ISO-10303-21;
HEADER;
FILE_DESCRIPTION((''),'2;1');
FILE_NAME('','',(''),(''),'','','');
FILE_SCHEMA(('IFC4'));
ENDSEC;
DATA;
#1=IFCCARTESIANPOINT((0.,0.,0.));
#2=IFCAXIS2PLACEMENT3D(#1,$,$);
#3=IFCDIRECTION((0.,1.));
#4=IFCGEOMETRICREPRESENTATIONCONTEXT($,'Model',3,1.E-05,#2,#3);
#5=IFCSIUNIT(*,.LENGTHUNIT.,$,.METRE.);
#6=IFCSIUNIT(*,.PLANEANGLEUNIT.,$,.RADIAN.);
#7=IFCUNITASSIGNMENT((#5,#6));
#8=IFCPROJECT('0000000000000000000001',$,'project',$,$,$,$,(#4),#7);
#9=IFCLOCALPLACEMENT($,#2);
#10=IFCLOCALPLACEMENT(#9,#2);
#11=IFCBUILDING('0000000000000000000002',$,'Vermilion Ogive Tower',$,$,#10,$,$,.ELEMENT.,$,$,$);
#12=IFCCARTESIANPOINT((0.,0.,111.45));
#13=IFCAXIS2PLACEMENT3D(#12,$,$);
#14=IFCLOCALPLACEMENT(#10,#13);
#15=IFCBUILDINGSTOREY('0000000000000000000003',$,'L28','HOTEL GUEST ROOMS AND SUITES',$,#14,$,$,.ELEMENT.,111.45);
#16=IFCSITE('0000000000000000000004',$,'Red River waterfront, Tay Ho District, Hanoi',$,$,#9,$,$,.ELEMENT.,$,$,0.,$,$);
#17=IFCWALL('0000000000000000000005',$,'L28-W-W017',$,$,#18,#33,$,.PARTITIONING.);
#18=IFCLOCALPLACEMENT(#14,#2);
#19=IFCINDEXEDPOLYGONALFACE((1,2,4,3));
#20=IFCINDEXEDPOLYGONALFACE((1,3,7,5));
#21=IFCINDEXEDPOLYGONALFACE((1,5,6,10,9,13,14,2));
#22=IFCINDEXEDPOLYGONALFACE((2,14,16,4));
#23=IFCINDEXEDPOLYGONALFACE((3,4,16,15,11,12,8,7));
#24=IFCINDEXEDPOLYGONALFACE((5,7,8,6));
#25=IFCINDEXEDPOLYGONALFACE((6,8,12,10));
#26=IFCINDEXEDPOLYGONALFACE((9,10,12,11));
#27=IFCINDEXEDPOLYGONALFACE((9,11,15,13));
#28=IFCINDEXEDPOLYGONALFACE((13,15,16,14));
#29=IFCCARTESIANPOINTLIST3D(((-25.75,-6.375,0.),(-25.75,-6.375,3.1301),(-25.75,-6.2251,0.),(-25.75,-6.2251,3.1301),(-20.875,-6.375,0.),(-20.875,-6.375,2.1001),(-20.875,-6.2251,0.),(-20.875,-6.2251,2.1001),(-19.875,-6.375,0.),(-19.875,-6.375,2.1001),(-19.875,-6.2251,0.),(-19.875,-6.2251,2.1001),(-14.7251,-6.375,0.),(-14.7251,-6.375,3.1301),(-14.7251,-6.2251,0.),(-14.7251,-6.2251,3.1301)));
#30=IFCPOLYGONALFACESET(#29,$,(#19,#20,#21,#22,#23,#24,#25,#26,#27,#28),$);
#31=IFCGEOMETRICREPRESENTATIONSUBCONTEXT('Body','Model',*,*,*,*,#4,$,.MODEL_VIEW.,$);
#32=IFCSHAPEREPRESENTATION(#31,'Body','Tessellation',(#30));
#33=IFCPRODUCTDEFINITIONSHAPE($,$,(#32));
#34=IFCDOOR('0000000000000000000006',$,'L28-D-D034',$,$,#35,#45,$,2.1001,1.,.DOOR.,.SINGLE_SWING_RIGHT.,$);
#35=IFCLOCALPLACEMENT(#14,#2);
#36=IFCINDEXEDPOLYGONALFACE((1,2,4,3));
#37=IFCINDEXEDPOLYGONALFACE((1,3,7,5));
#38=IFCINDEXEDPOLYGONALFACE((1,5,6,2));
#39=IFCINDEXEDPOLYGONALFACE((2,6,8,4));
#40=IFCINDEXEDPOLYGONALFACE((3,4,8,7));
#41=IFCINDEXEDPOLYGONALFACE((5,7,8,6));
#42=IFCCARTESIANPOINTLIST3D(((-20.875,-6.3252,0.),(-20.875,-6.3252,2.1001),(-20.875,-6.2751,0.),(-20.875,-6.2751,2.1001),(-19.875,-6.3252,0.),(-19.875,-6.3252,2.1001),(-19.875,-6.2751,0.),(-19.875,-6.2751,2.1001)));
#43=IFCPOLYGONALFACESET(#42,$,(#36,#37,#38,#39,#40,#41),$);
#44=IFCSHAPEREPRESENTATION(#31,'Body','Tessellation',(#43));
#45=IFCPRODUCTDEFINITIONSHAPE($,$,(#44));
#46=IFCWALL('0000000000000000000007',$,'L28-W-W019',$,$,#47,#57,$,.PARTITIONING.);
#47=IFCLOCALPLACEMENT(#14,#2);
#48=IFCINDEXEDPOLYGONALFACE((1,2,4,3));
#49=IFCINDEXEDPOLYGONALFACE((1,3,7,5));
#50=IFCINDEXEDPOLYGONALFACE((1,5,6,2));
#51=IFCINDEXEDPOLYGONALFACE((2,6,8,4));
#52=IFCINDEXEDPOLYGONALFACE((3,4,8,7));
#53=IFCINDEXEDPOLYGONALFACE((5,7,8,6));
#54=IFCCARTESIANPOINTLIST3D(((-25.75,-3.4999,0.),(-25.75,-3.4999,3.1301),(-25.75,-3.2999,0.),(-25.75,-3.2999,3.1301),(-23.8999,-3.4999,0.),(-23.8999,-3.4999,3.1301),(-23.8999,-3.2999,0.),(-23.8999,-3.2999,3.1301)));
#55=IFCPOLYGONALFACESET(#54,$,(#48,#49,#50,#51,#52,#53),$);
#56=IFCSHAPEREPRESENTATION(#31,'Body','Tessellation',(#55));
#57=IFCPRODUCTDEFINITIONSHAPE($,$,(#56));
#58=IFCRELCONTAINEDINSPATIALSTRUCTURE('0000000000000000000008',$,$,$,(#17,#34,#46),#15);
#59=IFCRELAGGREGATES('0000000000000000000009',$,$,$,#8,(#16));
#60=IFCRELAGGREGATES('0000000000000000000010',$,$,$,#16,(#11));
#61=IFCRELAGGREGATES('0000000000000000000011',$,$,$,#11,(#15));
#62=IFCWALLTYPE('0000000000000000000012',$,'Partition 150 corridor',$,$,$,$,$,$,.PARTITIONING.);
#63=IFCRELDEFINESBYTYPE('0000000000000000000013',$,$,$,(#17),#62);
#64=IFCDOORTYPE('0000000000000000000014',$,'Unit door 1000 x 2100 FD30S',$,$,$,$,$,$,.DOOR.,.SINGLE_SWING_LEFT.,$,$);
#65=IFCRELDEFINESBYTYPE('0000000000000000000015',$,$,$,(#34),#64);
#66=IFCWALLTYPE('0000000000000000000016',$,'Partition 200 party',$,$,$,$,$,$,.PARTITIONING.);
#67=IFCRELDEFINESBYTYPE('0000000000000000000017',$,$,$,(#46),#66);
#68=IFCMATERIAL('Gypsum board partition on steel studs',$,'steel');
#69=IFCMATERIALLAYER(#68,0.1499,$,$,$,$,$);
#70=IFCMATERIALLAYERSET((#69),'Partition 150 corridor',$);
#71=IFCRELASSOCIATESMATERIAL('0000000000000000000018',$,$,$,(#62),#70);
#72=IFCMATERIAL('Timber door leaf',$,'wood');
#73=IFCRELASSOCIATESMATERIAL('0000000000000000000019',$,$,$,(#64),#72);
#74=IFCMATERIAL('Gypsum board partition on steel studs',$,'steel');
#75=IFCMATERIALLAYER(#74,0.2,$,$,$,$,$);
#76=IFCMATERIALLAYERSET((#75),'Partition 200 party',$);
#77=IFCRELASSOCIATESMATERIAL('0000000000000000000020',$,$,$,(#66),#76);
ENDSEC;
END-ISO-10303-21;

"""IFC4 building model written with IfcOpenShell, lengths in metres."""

from ifc_helpers import new_model, si_unit, direction, frame, frame_2d, origin, place, context, subcontext, project, spatial, rectangle, extrude, material, layer, layer_set, type_object, element, fill, save


model = new_model("IFC4")

# Units and contexts
model_context = context("Model", 3, precision=1e-05, world=origin(), true_north=direction((0.0, 1.0)))
body_context = subcontext(model_context, "Body", "Model", "MODEL_VIEW")
ifc_project = project(units=[si_unit("LENGTHUNIT", "METRE"), si_unit("PLANEANGLEUNIT", "RADIAN")], contexts=[model_context])

# Site, building, storey
site_placement = place(None, origin())
site = spatial("IfcSite", under=ifc_project, at=site_placement, Name="Red River waterfront, Tay Ho District, Hanoi", CompositionType="ELEMENT", RefElevation=0.0)
building_placement = place(site_placement, origin())
building = spatial("IfcBuilding", under=site, at=building_placement, Name="Vermilion Ogive Tower", CompositionType="ELEMENT")
storey_placement = place(building_placement, frame((0.0, 0.0, 111.45)))
storey = spatial("IfcBuildingStorey", under=building, at=storey_placement, Name="L28", Description="HOTEL GUEST ROOMS AND SUITES", CompositionType="ELEMENT", Elevation=111.45)

# Wall, opening, door
ifc_material_1 = material(Name="Gypsum board partition on steel studs", Category="steel")
ifc_layer_1 = layer(ifc_material_1, 0.1499)
ifc_layer_set_1 = layer_set([ifc_layer_1], Name="Partition 150 corridor")
wall_type_1 = type_object("IfcWallType", Name="Partition 150 corridor", PredefinedType="PARTITIONING", material=ifc_layer_set_1)
wall_1_placement = place(storey_placement, frame((-25.75, -6.3, 0.0), z_axis=(0.0, 0.0, 1.0), x_axis=(1.0, 0.0, 0.0)))
wall_1 = element("IfcWall", 1, at=wall_1_placement, inside=storey, type_object=wall_type_1, Name="L28-W-W017", PredefinedType="PARTITIONING", context=body_context, shape_type="SweptSolid", body=[
    extrude(rectangle(XDim=11.0249, YDim=0.1499, at=frame_2d((5.5125, 0.0))), origin(), (0.0, 0.0, 1.0), 3.1301),
])
opening_1_placement = place(wall_1_placement, frame((4.875, 0.0, 0.0)))
opening_1 = element("IfcOpeningElement", 2, at=opening_1_placement, cuts=wall_1, PredefinedType="OPENING", context=body_context, shape_type="SweptSolid", body=[
    extrude(rectangle(XDim=1.0, YDim=2.1001, at=frame_2d((0.5, 1.05))), frame((0.0, 0.085, 0.0), z_axis=(0.0, -1.0, 0.0), x_axis=(1.0, 0.0, 0.0)), (0.0, 0.0, 1.0), 0.1699),
])
ifc_material_2 = material(Name="Timber door leaf", Category="wood")
door_type_1 = type_object("IfcDoorType", Name="Unit door 1000 x 2100 FD30S", OperationType="SINGLE_SWING_LEFT", PredefinedType="DOOR", material=ifc_material_2)
door_1_placement = place(opening_1_placement, origin())
door_1 = element("IfcDoor", 3, at=door_1_placement, inside=storey, type_object=door_type_1, Name="L28-D-D034", OperationType="SINGLE_SWING_RIGHT", OverallHeight=2.1001, OverallWidth=1.0, PredefinedType="DOOR", context=body_context, shape_type="SweptSolid", body=[
    extrude(rectangle(XDim=1.0, YDim=2.1001, at=frame_2d((0.5, 1.05))), frame((0.0, 0.0249, 0.0), z_axis=(0.0, -1.0, 0.0), x_axis=(1.0, 0.0, 0.0)), (0.0, 0.0, 1.0), 0.05),
])
fill(opening_1, door_1)

# Wall
ifc_material_3 = material(Name="Gypsum board partition on steel studs", Category="steel")
ifc_layer_2 = layer(ifc_material_3, 0.2)
ifc_layer_set_2 = layer_set([ifc_layer_2], Name="Partition 200 party")
wall_type_2 = type_object("IfcWallType", Name="Partition 200 party", PredefinedType="PARTITIONING", material=ifc_layer_set_2)
wall_2_placement = place(storey_placement, frame((-25.75, -3.3999, 0.0), z_axis=(0.0, 0.0, 1.0), x_axis=(1.0, 0.0, 0.0)))
element("IfcWall", 4, at=wall_2_placement, inside=storey, type_object=wall_type_2, Name="L28-W-W019", PredefinedType="PARTITIONING", context=body_context, shape_type="SweptSolid", body=[
    extrude(rectangle(XDim=1.8501, YDim=0.2, at=frame_2d((0.925, 0.0))), origin(), (0.0, 0.0, 1.0), 3.1301),
])

save(model, "model.ifc")
